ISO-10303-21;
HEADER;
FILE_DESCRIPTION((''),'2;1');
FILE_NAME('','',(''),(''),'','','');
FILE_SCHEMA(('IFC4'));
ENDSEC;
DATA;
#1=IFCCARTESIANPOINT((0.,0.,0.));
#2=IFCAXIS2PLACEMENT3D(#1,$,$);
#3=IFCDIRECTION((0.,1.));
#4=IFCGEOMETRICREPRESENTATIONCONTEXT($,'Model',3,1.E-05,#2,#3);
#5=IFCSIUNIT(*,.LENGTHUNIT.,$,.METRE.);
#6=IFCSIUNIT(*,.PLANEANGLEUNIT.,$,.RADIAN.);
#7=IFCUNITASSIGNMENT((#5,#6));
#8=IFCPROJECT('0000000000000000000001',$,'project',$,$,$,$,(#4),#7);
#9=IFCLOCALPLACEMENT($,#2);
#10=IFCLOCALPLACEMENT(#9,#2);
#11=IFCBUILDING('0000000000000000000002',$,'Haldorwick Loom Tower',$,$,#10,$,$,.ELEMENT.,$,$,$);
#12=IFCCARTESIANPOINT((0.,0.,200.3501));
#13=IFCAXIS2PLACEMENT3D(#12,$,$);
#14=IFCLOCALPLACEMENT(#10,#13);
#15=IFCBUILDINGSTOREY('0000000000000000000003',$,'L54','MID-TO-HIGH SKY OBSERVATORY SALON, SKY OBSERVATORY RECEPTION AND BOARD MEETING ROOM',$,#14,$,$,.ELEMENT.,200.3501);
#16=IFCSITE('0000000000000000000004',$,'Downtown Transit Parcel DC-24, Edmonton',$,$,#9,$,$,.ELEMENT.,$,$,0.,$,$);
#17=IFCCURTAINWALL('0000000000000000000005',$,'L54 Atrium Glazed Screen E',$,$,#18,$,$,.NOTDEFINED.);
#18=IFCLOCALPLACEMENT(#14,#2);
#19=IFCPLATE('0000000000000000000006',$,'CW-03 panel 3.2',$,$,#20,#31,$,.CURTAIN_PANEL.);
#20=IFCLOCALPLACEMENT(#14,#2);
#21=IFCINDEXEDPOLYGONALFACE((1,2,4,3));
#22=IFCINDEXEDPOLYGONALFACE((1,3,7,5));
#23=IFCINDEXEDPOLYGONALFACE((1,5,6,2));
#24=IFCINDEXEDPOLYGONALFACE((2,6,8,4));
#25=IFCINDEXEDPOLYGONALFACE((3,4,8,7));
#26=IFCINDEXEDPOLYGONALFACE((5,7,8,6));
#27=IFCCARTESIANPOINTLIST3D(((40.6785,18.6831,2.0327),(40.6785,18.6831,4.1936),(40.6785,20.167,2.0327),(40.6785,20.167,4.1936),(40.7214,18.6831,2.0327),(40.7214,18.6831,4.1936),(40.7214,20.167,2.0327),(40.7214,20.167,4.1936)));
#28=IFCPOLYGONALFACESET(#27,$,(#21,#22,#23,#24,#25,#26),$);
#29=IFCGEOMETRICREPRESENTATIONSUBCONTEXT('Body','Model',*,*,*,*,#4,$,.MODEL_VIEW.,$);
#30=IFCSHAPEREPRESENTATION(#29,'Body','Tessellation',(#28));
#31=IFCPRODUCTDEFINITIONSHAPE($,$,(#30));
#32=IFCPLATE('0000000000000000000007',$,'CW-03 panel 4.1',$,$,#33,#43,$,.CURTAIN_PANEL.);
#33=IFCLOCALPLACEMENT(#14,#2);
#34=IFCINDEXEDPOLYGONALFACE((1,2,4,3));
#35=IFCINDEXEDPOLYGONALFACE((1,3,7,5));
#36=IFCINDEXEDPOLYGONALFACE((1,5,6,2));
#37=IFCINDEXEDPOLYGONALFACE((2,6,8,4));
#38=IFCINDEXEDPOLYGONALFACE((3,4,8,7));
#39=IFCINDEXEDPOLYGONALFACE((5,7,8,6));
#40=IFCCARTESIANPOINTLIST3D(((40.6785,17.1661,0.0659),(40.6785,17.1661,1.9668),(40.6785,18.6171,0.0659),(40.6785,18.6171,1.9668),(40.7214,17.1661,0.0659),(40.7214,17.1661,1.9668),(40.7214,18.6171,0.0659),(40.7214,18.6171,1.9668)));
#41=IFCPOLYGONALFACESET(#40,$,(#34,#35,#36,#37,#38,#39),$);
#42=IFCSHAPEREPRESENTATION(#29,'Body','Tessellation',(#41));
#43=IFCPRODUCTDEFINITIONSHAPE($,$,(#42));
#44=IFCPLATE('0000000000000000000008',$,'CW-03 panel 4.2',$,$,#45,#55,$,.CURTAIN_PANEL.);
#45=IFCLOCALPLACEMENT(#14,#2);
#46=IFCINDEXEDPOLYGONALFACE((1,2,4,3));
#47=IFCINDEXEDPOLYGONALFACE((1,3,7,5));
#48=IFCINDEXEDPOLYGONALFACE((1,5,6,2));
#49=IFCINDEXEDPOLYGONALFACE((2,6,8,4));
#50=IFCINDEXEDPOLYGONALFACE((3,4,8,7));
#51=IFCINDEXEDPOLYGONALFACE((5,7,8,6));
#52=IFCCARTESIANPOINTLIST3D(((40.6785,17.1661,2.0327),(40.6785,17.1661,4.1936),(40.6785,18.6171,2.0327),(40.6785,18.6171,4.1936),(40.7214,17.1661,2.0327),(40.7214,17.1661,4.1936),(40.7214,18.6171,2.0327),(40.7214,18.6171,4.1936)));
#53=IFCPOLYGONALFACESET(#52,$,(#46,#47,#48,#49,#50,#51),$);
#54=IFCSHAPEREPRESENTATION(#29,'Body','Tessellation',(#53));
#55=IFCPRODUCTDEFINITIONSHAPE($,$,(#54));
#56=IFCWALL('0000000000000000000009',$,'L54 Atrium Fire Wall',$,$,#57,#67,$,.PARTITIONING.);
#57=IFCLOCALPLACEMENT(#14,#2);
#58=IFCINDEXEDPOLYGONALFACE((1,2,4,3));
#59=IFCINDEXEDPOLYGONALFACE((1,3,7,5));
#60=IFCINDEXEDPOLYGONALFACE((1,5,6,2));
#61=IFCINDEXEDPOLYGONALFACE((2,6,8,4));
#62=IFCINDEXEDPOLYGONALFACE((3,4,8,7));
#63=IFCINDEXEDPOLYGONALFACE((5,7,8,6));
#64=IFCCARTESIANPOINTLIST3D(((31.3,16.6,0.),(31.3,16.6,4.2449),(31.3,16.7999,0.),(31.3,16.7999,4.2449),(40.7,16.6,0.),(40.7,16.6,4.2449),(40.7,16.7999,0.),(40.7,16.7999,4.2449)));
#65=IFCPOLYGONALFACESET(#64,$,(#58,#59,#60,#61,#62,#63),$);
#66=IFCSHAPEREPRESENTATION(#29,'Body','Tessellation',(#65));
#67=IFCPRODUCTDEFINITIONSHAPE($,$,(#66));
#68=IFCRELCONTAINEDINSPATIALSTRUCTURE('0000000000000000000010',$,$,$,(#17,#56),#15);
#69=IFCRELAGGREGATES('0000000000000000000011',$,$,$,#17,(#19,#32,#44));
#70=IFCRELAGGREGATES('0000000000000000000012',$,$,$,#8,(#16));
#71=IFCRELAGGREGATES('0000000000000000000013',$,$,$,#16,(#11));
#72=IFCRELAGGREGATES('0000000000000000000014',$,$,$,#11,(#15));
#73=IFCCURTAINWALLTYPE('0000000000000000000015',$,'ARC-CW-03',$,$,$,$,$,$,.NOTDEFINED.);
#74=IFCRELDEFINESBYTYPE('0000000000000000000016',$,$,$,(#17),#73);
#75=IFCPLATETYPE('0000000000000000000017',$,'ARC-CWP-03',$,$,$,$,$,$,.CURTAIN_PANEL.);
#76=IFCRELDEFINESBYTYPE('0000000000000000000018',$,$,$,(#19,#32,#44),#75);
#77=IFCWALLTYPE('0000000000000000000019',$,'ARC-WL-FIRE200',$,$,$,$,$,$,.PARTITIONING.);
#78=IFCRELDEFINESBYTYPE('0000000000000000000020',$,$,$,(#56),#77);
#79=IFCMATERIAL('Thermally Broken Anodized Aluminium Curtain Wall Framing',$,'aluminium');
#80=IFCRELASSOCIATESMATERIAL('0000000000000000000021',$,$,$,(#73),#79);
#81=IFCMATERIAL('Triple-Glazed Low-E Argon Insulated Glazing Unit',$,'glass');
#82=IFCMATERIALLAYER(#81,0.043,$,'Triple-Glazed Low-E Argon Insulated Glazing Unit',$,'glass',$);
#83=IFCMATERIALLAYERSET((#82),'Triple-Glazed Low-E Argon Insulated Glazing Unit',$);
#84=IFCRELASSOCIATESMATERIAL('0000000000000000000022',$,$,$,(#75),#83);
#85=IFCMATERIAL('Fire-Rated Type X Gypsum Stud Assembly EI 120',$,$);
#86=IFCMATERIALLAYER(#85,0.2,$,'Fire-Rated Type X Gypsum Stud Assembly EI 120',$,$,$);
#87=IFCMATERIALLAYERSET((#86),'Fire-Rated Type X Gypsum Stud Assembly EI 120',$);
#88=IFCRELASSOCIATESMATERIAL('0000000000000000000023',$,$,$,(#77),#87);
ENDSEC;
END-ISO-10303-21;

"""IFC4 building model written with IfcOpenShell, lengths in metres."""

from ifc_helpers import new_model, si_unit, direction, frame, frame_2d, origin, origin_2d, place, context, subcontext, project, spatial, rectangle, extrude, material, layer, layer_set, type_object, element, aggregate, save


model = new_model("IFC4")

# Units and contexts
model_context = context("Model", 3, precision=1e-05, world=origin(), true_north=direction((0.0, 1.0)))
body_context = subcontext(model_context, "Body", "Model", "MODEL_VIEW")
ifc_project = project(units=[si_unit("LENGTHUNIT", "METRE"), si_unit("PLANEANGLEUNIT", "RADIAN")], contexts=[model_context])

# Site, building, storey
site_placement = place(None, origin())
site = spatial("IfcSite", under=ifc_project, at=site_placement, Name="Downtown Transit Parcel DC-24, Edmonton", CompositionType="ELEMENT", RefElevation=0.0)
building_placement = place(site_placement, origin())
building = spatial("IfcBuilding", under=site, at=building_placement, Name="Haldorwick Loom Tower", CompositionType="ELEMENT")
storey_placement = place(building_placement, frame((0.0, 0.0, 200.3501)))
storey = spatial("IfcBuildingStorey", under=building, at=storey_placement, Name="L54", Description="MID-TO-HIGH SKY OBSERVATORY SALON, SKY OBSERVATORY RECEPTION AND BOARD MEETING ROOM", CompositionType="ELEMENT", Elevation=200.3501)

# Curtain wall
ifc_material_1 = material(Name="Thermally Broken Anodized Aluminium Curtain Wall Framing", Category="aluminium")
curtain_wall_type = type_object("IfcCurtainWallType", Name="ARC-CW-03", PredefinedType="NOTDEFINED", material=ifc_material_1)
curtain_wall_1_placement = place(storey_placement, origin())
curtain_wall_1 = element("IfcCurtainWall", 1, at=curtain_wall_1_placement, inside=storey, type_object=curtain_wall_type, Name="L54 Atrium Glazed Screen E", PredefinedType="NOTDEFINED")

# Plates
ifc_material_2 = material(Name="Triple-Glazed Low-E Argon Insulated Glazing Unit", Category="glass")
ifc_layer_1 = layer(ifc_material_2, 0.043, Name="Triple-Glazed Low-E Argon Insulated Glazing Unit", Category="glass")
ifc_layer_set_1 = layer_set([ifc_layer_1], Name="Triple-Glazed Low-E Argon Insulated Glazing Unit")
plate_type = type_object("IfcPlateType", Name="ARC-CWP-03", PredefinedType="CURTAIN_PANEL", material=ifc_layer_set_1)
plate_1_placement = place(storey_placement, frame((40.7, 19.425, 2.0327), z_axis=(0.0, 0.0, 1.0), x_axis=(0.0, -1.0, 0.0)))
plate_1 = element("IfcPlate", 2, at=plate_1_placement, type_object=plate_type, Name="CW-03 panel 3.2", PredefinedType="CURTAIN_PANEL", context=body_context, shape_type="SweptSolid", body=[
    extrude(rectangle(XDim=1.4839, YDim=0.043, at=origin_2d()), origin(), (0.0, 0.0, 1.0), 2.1609),
])
plate_2_placement = place(storey_placement, frame((40.7, 17.8916, 0.0659), z_axis=(0.0, 0.0, 1.0), x_axis=(0.0, -1.0, 0.0)))
plate_2 = element("IfcPlate", 3, at=plate_2_placement, type_object=plate_type, Name="CW-03 panel 4.1", PredefinedType="CURTAIN_PANEL", context=body_context, shape_type="SweptSolid", body=[
    extrude(rectangle(XDim=1.4509, YDim=0.043, at=origin_2d()), origin(), (0.0, 0.0, 1.0), 1.9009),
])
plate_3_placement = place(storey_placement, frame((40.7, 17.8916, 2.0327), z_axis=(0.0, 0.0, 1.0), x_axis=(0.0, -1.0, 0.0)))
plate_3 = element("IfcPlate", 4, at=plate_3_placement, type_object=plate_type, Name="CW-03 panel 4.2", PredefinedType="CURTAIN_PANEL", context=body_context, shape_type="SweptSolid", body=[
    extrude(rectangle(XDim=1.4509, YDim=0.043, at=origin_2d()), origin(), (0.0, 0.0, 1.0), 2.1609),
])
aggregate(curtain_wall_1, [plate_1, plate_2, plate_3])

# Wall
ifc_material_3 = material(Name="Fire-Rated Type X Gypsum Stud Assembly EI 120")
ifc_layer_2 = layer(ifc_material_3, 0.2, Name="Fire-Rated Type X Gypsum Stud Assembly EI 120")
ifc_layer_set_2 = layer_set([ifc_layer_2], Name="Fire-Rated Type X Gypsum Stud Assembly EI 120")
wall_type = type_object("IfcWallType", Name="ARC-WL-FIRE200", PredefinedType="PARTITIONING", material=ifc_layer_set_2)
wall_placement = place(storey_placement, frame((40.7, 16.7, 0.0), z_axis=(0.0, 0.0, 1.0), x_axis=(-1.0, 0.0, 0.0)))
element("IfcWall", 5, at=wall_placement, inside=storey, type_object=wall_type, Name="L54 Atrium Fire Wall", PredefinedType="PARTITIONING", context=body_context, shape_type="SweptSolid", body=[
    extrude(rectangle(XDim=9.3999, YDim=0.2, at=frame_2d((4.7, 0.0))), origin(), (0.0, 0.0, 1.0), 4.2449),
])

save(model, "model.ifc")
